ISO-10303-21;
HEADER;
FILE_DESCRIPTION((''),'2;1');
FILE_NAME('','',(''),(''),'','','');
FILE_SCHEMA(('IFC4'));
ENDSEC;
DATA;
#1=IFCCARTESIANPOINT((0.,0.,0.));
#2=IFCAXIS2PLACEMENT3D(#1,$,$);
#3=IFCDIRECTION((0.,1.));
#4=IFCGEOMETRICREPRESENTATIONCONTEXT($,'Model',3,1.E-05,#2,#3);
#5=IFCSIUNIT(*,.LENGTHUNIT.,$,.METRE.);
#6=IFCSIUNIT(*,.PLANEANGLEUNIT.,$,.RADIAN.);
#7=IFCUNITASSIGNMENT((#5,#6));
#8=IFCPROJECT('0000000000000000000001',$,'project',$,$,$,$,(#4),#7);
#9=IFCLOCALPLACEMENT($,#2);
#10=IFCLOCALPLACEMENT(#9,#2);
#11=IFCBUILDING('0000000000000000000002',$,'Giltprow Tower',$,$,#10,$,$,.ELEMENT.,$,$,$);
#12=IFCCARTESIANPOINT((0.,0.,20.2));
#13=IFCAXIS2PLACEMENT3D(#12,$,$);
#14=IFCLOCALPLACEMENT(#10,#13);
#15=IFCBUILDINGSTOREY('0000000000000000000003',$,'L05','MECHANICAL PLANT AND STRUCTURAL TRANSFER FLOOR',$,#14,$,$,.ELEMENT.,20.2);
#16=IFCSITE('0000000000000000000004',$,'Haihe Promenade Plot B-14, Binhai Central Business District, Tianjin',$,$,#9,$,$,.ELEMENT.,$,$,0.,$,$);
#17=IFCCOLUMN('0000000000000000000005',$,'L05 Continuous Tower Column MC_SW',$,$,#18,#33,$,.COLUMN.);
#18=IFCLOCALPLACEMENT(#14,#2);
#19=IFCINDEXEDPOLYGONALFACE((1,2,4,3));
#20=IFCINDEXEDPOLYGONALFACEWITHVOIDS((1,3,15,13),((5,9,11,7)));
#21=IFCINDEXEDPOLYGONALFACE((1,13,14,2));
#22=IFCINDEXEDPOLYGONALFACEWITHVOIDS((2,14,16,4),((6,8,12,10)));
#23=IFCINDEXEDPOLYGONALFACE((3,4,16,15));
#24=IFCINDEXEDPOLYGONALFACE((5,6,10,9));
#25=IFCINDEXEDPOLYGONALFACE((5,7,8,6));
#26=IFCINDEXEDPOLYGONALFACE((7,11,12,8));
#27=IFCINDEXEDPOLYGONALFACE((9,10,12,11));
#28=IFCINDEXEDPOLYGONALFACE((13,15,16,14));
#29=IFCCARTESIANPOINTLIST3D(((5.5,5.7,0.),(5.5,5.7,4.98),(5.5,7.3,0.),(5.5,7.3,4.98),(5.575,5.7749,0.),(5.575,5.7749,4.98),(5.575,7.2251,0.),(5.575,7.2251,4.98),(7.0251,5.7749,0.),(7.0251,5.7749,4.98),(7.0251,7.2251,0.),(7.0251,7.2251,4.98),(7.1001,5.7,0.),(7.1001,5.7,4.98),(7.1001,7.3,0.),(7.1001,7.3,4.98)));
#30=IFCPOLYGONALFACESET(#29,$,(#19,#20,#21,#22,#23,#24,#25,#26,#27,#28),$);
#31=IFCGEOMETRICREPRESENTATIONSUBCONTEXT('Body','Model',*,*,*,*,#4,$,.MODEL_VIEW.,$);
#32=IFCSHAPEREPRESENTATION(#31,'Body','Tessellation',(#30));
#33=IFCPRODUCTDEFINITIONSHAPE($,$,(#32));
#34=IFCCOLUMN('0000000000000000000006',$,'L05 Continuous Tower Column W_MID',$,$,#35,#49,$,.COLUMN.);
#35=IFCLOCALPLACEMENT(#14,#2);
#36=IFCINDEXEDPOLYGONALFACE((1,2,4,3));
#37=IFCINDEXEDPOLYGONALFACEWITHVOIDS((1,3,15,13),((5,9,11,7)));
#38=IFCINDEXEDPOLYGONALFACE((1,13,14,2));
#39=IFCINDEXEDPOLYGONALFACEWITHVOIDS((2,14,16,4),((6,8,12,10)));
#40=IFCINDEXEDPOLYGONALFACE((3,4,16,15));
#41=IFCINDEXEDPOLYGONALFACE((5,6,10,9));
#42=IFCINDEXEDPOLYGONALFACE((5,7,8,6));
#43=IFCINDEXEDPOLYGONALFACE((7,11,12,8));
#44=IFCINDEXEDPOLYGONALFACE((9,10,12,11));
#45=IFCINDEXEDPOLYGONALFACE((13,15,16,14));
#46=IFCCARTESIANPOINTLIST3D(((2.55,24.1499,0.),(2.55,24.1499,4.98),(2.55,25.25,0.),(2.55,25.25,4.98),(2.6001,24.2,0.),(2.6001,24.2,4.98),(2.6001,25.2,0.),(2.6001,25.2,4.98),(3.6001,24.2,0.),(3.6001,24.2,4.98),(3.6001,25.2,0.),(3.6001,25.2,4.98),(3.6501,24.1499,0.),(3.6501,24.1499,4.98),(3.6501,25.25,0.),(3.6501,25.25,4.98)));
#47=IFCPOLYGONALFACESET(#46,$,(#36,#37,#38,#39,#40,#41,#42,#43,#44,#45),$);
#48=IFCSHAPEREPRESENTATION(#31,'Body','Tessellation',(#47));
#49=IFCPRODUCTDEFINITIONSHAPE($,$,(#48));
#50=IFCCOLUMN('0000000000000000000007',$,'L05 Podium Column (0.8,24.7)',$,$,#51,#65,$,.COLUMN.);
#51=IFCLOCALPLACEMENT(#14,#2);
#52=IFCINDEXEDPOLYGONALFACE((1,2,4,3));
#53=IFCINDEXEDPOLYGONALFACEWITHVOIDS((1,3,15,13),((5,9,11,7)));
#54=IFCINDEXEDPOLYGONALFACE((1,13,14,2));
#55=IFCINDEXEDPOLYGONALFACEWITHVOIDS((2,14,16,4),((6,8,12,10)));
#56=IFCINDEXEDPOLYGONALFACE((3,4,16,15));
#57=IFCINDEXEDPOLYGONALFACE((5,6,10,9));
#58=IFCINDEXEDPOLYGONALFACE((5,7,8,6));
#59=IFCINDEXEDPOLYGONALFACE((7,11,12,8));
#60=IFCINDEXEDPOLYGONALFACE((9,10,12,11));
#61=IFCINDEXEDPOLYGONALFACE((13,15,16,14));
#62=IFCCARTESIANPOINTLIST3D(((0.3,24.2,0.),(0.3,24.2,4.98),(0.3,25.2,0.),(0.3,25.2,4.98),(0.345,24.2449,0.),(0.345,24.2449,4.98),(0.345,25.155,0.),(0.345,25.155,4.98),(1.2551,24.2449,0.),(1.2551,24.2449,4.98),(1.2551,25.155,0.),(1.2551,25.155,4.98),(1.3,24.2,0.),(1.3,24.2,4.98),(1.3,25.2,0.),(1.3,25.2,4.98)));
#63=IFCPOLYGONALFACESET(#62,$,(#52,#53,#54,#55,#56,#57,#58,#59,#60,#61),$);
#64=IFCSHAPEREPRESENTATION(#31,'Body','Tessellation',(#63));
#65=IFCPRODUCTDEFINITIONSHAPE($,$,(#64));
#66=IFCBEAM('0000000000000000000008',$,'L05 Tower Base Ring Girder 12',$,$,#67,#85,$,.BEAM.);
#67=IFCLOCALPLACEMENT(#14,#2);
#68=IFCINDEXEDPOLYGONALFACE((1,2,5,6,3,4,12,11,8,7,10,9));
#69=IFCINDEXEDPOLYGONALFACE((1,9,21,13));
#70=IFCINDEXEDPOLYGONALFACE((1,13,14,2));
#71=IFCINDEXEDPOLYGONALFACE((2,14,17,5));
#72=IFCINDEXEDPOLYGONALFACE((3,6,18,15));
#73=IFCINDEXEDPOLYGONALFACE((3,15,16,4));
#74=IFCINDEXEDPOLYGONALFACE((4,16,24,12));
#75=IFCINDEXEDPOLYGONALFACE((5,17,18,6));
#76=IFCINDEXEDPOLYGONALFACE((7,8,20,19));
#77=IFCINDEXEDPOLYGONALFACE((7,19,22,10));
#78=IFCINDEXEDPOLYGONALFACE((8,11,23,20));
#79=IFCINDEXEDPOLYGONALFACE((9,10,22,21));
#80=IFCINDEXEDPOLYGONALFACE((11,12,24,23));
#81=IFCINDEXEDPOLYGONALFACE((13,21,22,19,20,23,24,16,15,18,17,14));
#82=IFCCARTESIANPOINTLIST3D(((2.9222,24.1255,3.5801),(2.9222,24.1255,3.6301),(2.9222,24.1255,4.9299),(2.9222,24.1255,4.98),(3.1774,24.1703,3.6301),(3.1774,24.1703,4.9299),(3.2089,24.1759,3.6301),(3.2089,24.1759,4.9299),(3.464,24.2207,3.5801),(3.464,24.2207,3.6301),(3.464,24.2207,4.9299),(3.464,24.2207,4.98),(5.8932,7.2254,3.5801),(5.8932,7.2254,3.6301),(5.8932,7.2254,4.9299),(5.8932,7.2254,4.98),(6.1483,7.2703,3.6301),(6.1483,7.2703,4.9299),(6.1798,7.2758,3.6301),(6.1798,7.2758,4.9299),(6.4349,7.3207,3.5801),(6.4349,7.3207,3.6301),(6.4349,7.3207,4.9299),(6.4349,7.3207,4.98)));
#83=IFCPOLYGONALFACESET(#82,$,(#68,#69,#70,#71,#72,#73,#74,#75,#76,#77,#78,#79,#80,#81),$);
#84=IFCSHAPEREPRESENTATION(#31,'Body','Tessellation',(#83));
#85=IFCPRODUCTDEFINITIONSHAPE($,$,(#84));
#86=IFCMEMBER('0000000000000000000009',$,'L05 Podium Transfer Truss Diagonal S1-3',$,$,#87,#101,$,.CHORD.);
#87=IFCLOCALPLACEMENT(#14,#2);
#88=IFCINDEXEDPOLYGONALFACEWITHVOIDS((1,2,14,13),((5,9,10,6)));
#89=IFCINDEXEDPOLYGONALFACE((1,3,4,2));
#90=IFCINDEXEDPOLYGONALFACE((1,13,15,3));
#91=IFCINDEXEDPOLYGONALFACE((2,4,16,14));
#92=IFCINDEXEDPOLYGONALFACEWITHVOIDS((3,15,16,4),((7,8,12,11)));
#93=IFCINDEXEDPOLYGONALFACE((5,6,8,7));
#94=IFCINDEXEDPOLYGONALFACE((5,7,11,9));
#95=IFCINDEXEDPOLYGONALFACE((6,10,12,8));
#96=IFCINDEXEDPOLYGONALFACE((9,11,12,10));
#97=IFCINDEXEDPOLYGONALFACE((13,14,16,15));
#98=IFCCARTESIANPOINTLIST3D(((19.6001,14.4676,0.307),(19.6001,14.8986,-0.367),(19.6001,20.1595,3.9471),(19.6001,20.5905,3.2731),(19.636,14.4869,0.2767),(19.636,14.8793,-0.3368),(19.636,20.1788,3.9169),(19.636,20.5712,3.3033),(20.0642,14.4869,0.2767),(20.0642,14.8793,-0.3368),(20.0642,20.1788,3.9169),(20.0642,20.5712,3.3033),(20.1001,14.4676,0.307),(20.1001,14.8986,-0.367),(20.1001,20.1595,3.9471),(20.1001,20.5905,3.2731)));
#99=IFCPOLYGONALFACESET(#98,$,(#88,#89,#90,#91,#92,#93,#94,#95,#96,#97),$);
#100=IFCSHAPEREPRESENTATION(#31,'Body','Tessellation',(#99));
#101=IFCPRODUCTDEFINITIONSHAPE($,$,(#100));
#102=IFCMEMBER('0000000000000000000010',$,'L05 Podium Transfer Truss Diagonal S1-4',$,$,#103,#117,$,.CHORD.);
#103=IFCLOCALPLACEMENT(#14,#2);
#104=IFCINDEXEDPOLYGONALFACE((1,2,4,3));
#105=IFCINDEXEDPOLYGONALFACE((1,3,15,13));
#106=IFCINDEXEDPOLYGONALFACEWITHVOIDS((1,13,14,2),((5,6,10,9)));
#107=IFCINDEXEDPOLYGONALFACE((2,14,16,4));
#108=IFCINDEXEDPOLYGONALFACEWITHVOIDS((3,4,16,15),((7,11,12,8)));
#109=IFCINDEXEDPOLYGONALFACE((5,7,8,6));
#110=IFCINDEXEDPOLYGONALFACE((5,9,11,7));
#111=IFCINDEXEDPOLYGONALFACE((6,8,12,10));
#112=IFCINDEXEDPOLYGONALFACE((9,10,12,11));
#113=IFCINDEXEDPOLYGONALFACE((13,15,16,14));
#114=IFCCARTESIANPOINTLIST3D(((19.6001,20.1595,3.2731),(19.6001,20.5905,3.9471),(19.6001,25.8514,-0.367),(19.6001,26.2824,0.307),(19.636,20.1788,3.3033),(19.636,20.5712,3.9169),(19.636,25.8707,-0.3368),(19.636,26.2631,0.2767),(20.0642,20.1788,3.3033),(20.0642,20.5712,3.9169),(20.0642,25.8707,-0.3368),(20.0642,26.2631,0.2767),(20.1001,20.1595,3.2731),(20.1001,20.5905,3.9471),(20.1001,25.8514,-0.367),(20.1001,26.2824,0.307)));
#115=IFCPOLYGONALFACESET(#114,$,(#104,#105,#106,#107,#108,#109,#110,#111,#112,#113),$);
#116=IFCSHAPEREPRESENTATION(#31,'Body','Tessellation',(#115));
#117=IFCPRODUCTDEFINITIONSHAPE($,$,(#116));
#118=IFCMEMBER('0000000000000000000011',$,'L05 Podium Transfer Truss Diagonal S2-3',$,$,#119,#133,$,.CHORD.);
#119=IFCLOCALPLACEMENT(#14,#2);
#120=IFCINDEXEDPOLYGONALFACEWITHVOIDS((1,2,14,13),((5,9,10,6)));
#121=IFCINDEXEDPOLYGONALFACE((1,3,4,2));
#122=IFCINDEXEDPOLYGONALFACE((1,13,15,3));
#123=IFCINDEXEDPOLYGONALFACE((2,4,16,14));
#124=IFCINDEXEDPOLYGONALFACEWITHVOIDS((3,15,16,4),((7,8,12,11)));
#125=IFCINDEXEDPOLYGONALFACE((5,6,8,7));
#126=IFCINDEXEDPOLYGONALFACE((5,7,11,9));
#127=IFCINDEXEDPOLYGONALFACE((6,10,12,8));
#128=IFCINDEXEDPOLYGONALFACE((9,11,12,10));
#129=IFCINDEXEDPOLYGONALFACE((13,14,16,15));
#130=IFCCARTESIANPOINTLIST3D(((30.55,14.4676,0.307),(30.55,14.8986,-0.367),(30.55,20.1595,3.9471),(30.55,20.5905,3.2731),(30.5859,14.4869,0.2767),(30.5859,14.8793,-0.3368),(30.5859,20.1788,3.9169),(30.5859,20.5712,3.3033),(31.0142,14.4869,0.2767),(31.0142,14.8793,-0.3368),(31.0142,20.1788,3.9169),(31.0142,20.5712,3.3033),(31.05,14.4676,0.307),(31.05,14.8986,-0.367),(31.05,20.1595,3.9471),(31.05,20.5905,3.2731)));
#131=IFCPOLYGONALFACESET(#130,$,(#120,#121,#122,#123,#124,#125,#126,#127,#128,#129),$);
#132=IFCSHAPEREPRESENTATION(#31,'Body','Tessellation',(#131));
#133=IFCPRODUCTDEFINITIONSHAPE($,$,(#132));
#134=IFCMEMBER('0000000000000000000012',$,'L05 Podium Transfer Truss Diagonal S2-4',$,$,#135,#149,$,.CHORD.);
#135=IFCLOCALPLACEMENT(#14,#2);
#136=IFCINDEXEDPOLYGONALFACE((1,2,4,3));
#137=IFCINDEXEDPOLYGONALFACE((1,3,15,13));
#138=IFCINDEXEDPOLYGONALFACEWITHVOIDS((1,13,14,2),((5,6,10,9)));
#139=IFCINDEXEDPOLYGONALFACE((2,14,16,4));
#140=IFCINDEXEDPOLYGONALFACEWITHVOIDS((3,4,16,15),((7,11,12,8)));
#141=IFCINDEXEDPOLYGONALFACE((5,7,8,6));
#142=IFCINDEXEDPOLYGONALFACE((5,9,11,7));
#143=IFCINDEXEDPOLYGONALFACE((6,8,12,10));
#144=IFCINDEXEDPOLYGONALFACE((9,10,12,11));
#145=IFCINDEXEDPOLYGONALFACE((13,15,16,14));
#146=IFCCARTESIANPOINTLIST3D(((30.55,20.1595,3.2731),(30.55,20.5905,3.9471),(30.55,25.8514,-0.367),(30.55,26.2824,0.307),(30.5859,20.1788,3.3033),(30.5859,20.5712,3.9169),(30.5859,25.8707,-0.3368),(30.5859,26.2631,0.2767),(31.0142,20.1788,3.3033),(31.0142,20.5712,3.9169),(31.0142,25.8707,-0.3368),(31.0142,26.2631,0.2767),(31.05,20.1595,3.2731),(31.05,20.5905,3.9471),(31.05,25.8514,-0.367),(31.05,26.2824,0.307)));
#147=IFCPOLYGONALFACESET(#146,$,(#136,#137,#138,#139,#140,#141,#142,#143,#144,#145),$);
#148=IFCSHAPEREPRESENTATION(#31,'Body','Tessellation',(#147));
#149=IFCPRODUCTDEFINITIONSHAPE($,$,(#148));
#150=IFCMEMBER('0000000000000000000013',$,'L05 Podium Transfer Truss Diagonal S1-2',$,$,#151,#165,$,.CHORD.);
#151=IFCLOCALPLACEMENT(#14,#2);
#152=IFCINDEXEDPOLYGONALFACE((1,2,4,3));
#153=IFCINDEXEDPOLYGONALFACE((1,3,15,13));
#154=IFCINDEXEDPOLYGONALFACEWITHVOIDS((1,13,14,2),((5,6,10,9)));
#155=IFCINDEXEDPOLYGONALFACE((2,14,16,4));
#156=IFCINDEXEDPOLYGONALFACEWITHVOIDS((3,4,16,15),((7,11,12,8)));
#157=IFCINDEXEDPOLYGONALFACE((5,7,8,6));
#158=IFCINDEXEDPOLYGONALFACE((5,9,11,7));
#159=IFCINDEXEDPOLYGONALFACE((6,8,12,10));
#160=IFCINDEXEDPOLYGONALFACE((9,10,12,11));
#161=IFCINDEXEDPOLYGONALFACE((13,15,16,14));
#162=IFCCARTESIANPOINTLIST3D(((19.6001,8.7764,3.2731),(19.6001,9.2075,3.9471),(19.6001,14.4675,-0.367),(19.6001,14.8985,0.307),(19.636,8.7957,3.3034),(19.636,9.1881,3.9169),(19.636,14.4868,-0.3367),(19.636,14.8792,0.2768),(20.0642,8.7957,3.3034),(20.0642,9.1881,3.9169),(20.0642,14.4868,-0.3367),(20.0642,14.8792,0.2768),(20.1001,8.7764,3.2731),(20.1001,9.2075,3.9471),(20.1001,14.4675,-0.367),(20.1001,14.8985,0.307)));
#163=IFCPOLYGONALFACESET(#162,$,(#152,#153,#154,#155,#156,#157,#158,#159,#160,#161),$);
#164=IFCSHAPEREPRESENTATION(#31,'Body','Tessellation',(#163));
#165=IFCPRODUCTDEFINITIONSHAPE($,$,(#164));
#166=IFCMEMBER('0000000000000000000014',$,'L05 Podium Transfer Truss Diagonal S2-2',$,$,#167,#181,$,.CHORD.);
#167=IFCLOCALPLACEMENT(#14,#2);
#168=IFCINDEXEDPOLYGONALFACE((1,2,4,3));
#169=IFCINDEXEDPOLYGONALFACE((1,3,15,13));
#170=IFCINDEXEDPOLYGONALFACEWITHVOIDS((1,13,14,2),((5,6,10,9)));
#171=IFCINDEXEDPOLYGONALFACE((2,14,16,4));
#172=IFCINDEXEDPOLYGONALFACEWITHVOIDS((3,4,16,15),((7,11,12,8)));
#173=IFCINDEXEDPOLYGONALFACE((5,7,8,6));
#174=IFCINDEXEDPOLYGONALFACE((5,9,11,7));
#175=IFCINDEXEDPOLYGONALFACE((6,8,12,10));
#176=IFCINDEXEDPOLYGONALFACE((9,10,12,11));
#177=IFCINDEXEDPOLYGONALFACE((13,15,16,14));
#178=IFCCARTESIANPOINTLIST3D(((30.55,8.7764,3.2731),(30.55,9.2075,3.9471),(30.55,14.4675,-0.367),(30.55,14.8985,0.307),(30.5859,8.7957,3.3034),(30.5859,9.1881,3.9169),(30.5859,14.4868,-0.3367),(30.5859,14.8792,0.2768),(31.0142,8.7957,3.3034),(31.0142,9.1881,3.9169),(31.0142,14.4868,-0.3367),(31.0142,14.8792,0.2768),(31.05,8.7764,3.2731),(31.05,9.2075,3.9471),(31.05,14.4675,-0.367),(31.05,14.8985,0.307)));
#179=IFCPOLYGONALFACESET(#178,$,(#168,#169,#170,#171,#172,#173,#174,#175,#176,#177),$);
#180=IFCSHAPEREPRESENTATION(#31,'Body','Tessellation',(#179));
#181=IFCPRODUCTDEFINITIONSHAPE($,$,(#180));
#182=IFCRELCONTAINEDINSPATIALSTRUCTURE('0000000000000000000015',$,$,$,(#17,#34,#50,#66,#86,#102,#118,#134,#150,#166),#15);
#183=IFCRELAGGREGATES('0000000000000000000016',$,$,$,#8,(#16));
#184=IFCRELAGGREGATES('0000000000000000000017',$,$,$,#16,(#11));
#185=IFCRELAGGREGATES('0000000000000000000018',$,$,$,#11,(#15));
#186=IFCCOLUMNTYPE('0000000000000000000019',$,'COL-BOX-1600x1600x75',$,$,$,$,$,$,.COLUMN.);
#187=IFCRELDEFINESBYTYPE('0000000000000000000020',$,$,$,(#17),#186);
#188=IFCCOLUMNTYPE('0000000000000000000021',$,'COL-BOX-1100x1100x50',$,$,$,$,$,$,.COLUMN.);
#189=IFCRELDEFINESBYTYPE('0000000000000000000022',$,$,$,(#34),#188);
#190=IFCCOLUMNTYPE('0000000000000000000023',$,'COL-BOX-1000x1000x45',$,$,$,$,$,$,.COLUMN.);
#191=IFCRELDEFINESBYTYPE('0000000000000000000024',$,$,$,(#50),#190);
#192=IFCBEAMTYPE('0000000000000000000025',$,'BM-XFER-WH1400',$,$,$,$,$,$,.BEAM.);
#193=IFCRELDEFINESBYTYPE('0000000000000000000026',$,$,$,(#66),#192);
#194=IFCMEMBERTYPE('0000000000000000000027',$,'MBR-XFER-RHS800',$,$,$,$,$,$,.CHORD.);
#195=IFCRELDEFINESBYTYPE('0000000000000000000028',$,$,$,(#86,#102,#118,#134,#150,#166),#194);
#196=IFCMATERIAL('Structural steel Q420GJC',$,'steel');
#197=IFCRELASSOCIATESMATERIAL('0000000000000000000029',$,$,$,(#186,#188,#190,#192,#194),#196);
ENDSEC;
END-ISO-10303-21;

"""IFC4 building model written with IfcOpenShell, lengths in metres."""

from ifc_helpers import new_model, si_unit, direction, frame, origin, origin_2d, place, context, subcontext, project, spatial, hollow_rectangle, i_section, extrude, source, transform, mapped, material, material_profile, profile_set, type_object, element, save


model = new_model("IFC4")

# Units and contexts
model_context = context("Model", 3, precision=1e-05, world=origin(), true_north=direction((0.0, 1.0)))
body_context = subcontext(model_context, "Body", "Model", "MODEL_VIEW")
ifc_project = project(units=[si_unit("LENGTHUNIT", "METRE"), si_unit("PLANEANGLEUNIT", "RADIAN")], contexts=[model_context])

# Site, building, storey
site_placement = place(None, origin())
site = spatial("IfcSite", under=ifc_project, at=site_placement, Name="Haihe Promenade Plot B-14, Binhai Central Business District, Tianjin", CompositionType="ELEMENT", RefElevation=0.0)
building_placement = place(site_placement, origin())
building = spatial("IfcBuilding", under=site, at=building_placement, Name="Giltprow Tower", CompositionType="ELEMENT")
storey_placement = place(building_placement, frame((0.0, 0.0, 20.2)))
storey = spatial("IfcBuildingStorey", under=building, at=storey_placement, Name="L05", Description="MECHANICAL PLANT AND STRUCTURAL TRANSFER FLOOR", CompositionType="ELEMENT", Elevation=20.2)

# Columns
ifc_material = material(Name="Structural steel Q420GJC", Category="steel")
ifc_material_profile_1 = material_profile(ifc_material, hollow_rectangle(XDim=1.6001, YDim=1.6001, WallThickness=0.075, at=origin_2d()), Name="BOX 1600x1600x75")
ifc_profile_set_1 = profile_set([ifc_material_profile_1], Name="Structural steel Q420GJC")
column_type_1 = type_object("IfcColumnType", Name="COL-BOX-1600x1600x75", PredefinedType="COLUMN", material=ifc_profile_set_1)
shared_shape_1 = source(origin(), body_context, "Body", "SweptSolid", [
    extrude(hollow_rectangle(XDim=1.6001, YDim=1.6001, WallThickness=0.075, at=origin_2d()), origin(), (0.0, 0.0, 1.0), 4.98),
])
column_1_placement = place(storey_placement, frame((6.3, 6.5, 0.0), z_axis=(0.0, 0.0, 1.0), x_axis=(1.0, 0.0, 0.0)))
element("IfcColumn", 1, at=column_1_placement, inside=storey, type_object=column_type_1, Name="L05 Continuous Tower Column MC_SW", PredefinedType="COLUMN", context=body_context, shape_type="MappedRepresentation", body=[
    mapped(shared_shape_1, transform((0.0, 0.0, 0.0), x_axis=(1.0, 0.0, 0.0), y_axis=(0.0, 1.0, 0.0), z_axis=(0.0, 0.0, 1.0), scale=1.0)),
])
ifc_material_profile_2 = material_profile(ifc_material, hollow_rectangle(XDim=1.1001, YDim=1.1001, WallThickness=0.05, at=origin_2d()), Name="BOX 1100x1100x50")
ifc_profile_set_2 = profile_set([ifc_material_profile_2], Name="Structural steel Q420GJC")
column_type_2 = type_object("IfcColumnType", Name="COL-BOX-1100x1100x50", PredefinedType="COLUMN", material=ifc_profile_set_2)
shared_shape_2 = source(origin(), body_context, "Body", "SweptSolid", [
    extrude(hollow_rectangle(XDim=1.1001, YDim=1.1001, WallThickness=0.05, at=origin_2d()), origin(), (0.0, 0.0, 1.0), 4.98),
])
column_2_placement = place(storey_placement, frame((3.1001, 24.7, 0.0), z_axis=(0.0, 0.0, 1.0), x_axis=(1.0, 0.0, 0.0)))
element("IfcColumn", 2, at=column_2_placement, inside=storey, type_object=column_type_2, Name="L05 Continuous Tower Column W_MID", PredefinedType="COLUMN", context=body_context, shape_type="MappedRepresentation", body=[
    mapped(shared_shape_2, transform((0.0, 0.0, 0.0), x_axis=(1.0, 0.0, 0.0), y_axis=(0.0, 1.0, 0.0), z_axis=(0.0, 0.0, 1.0), scale=1.0)),
])
ifc_material_profile_3 = material_profile(ifc_material, hollow_rectangle(XDim=1.0, YDim=1.0, WallThickness=0.0449, at=origin_2d()), Name="BOX 1000x1000x45")
ifc_profile_set_3 = profile_set([ifc_material_profile_3], Name="Structural steel Q420GJC")
column_type_3 = type_object("IfcColumnType", Name="COL-BOX-1000x1000x45", PredefinedType="COLUMN", material=ifc_profile_set_3)
shared_shape_3 = source(origin(), body_context, "Body", "SweptSolid", [
    extrude(hollow_rectangle(XDim=1.0, YDim=1.0, WallThickness=0.0449, at=origin_2d()), origin(), (0.0, 0.0, 1.0), 4.98),
])
column_3_placement = place(storey_placement, frame((0.8, 24.7, 0.0), z_axis=(0.0, 0.0, 1.0), x_axis=(1.0, 0.0, 0.0)))
element("IfcColumn", 3, at=column_3_placement, inside=storey, type_object=column_type_3, Name="L05 Podium Column (0.8,24.7)", PredefinedType="COLUMN", context=body_context, shape_type="MappedRepresentation", body=[
    mapped(shared_shape_3, transform((0.0, 0.0, 0.0), x_axis=(1.0, 0.0, 0.0), y_axis=(0.0, 1.0, 0.0), z_axis=(0.0, 0.0, 1.0), scale=1.0)),
])

# Beam
ifc_material_profile_4 = material_profile(ifc_material, i_section(OverallWidth=0.55, OverallDepth=1.3999, WebThickness=0.032, FlangeThickness=0.05, at=origin_2d()), Name="WH 1400x550x32x50")
ifc_profile_set_4 = profile_set([ifc_material_profile_4], Name="Structural steel Q420GJC")
beam_type = type_object("IfcBeamType", Name="BM-XFER-WH1400", PredefinedType="BEAM", material=ifc_profile_set_4)
shared_shape_4 = source(origin(), body_context, "Body", "SweptSolid", [
    extrude(i_section(OverallWidth=0.55, OverallDepth=1.3999, WebThickness=0.032, FlangeThickness=0.05, at=origin_2d()), origin(), (0.0, 0.0, 1.0), 17.1592),
])
beam_placement = place(storey_placement, frame((3.1931, 24.1731, 4.28), z_axis=(0.173139, -0.984897, 0.0), x_axis=(0.984897, 0.173139, 0.0)))
element("IfcBeam", 4, at=beam_placement, inside=storey, type_object=beam_type, Name="L05 Tower Base Ring Girder 12", PredefinedType="BEAM", context=body_context, shape_type="MappedRepresentation", body=[
    mapped(shared_shape_4, transform((0.0, 0.0, 0.0), x_axis=(1.0, 0.0, 0.0), y_axis=(0.0, 1.0, 0.0), z_axis=(0.0, 0.0, 1.0), scale=1.0)),
])

# Members
ifc_material_profile_5 = material_profile(ifc_material, hollow_rectangle(XDim=0.5, YDim=0.8, WallThickness=0.0359, at=origin_2d()), Name="RHS 800x500x36")
ifc_profile_set_5 = profile_set([ifc_material_profile_5], Name="Structural steel Q420GJC")
member_type = type_object("IfcMemberType", Name="MBR-XFER-RHS800", PredefinedType="CHORD", material=ifc_profile_set_5)
shared_shape_5 = source(origin(), body_context, "Body", "SweptSolid", [
    extrude(hollow_rectangle(XDim=0.5, YDim=0.8, WallThickness=0.0359, at=origin_2d()), origin(), (0.0, 0.0, 1.0), 6.7563),
])
for number, where, z_axis, x_axis, name in (
    (5, (19.8501, 14.6831, -0.03), (0.0, 0.842451, 0.538773), (-1.0, 0.0, 0.0), "L05 Podium Transfer Truss Diagonal S1-3"),
    (6, (19.8501, 20.375, 3.6101), (0.0, 0.842451, -0.538773), (-1.0, 0.0, 0.0), "L05 Podium Transfer Truss Diagonal S1-4"),
    (7, (30.8, 14.6831, -0.03), (0.0, 0.842451, 0.538773), (-1.0, 0.0, 0.0), "L05 Podium Transfer Truss Diagonal S2-3"),
    (8, (30.8, 20.375, 3.6101), (0.0, 0.842451, -0.538773), (-1.0, 0.0, 0.0), "L05 Podium Transfer Truss Diagonal S2-4"),
):
    element("IfcMember", number, at=place(storey_placement, frame(where, z_axis=z_axis, x_axis=x_axis)), inside=storey, type_object=member_type, Name=name, PredefinedType="CHORD", context=body_context, shape_type="MappedRepresentation", body=[
        mapped(shared_shape_5, transform((0.0, 0.0, 0.0), x_axis=(1.0, 0.0, 0.0), y_axis=(0.0, 1.0, 0.0), z_axis=(0.0, 0.0, 1.0), scale=1.0)),
    ])
shared_shape_6 = source(origin(), body_context, "Body", "SweptSolid", [
    extrude(hollow_rectangle(XDim=0.5, YDim=0.8, WallThickness=0.0359, at=origin_2d()), origin(), (0.0, 0.0, 1.0), 6.7556),
])
for number, where, z_axis, x_axis, name in (
    (9, (19.8501, 8.9919, 3.6101), (0.0, 0.84242, -0.538822), (-1.0, 0.0, 0.0), "L05 Podium Transfer Truss Diagonal S1-2"),
    (10, (30.8, 8.9919, 3.6101), (0.0, 0.84242, -0.538822), (-1.0, 0.0, 0.0), "L05 Podium Transfer Truss Diagonal S2-2"),
):
    element("IfcMember", number, at=place(storey_placement, frame(where, z_axis=z_axis, x_axis=x_axis)), inside=storey, type_object=member_type, Name=name, PredefinedType="CHORD", context=body_context, shape_type="MappedRepresentation", body=[
        mapped(shared_shape_6, transform((0.0, 0.0, 0.0), x_axis=(1.0, 0.0, 0.0), y_axis=(0.0, 1.0, 0.0), z_axis=(0.0, 0.0, 1.0), scale=1.0)),
    ])

save(model, "model.ifc")
